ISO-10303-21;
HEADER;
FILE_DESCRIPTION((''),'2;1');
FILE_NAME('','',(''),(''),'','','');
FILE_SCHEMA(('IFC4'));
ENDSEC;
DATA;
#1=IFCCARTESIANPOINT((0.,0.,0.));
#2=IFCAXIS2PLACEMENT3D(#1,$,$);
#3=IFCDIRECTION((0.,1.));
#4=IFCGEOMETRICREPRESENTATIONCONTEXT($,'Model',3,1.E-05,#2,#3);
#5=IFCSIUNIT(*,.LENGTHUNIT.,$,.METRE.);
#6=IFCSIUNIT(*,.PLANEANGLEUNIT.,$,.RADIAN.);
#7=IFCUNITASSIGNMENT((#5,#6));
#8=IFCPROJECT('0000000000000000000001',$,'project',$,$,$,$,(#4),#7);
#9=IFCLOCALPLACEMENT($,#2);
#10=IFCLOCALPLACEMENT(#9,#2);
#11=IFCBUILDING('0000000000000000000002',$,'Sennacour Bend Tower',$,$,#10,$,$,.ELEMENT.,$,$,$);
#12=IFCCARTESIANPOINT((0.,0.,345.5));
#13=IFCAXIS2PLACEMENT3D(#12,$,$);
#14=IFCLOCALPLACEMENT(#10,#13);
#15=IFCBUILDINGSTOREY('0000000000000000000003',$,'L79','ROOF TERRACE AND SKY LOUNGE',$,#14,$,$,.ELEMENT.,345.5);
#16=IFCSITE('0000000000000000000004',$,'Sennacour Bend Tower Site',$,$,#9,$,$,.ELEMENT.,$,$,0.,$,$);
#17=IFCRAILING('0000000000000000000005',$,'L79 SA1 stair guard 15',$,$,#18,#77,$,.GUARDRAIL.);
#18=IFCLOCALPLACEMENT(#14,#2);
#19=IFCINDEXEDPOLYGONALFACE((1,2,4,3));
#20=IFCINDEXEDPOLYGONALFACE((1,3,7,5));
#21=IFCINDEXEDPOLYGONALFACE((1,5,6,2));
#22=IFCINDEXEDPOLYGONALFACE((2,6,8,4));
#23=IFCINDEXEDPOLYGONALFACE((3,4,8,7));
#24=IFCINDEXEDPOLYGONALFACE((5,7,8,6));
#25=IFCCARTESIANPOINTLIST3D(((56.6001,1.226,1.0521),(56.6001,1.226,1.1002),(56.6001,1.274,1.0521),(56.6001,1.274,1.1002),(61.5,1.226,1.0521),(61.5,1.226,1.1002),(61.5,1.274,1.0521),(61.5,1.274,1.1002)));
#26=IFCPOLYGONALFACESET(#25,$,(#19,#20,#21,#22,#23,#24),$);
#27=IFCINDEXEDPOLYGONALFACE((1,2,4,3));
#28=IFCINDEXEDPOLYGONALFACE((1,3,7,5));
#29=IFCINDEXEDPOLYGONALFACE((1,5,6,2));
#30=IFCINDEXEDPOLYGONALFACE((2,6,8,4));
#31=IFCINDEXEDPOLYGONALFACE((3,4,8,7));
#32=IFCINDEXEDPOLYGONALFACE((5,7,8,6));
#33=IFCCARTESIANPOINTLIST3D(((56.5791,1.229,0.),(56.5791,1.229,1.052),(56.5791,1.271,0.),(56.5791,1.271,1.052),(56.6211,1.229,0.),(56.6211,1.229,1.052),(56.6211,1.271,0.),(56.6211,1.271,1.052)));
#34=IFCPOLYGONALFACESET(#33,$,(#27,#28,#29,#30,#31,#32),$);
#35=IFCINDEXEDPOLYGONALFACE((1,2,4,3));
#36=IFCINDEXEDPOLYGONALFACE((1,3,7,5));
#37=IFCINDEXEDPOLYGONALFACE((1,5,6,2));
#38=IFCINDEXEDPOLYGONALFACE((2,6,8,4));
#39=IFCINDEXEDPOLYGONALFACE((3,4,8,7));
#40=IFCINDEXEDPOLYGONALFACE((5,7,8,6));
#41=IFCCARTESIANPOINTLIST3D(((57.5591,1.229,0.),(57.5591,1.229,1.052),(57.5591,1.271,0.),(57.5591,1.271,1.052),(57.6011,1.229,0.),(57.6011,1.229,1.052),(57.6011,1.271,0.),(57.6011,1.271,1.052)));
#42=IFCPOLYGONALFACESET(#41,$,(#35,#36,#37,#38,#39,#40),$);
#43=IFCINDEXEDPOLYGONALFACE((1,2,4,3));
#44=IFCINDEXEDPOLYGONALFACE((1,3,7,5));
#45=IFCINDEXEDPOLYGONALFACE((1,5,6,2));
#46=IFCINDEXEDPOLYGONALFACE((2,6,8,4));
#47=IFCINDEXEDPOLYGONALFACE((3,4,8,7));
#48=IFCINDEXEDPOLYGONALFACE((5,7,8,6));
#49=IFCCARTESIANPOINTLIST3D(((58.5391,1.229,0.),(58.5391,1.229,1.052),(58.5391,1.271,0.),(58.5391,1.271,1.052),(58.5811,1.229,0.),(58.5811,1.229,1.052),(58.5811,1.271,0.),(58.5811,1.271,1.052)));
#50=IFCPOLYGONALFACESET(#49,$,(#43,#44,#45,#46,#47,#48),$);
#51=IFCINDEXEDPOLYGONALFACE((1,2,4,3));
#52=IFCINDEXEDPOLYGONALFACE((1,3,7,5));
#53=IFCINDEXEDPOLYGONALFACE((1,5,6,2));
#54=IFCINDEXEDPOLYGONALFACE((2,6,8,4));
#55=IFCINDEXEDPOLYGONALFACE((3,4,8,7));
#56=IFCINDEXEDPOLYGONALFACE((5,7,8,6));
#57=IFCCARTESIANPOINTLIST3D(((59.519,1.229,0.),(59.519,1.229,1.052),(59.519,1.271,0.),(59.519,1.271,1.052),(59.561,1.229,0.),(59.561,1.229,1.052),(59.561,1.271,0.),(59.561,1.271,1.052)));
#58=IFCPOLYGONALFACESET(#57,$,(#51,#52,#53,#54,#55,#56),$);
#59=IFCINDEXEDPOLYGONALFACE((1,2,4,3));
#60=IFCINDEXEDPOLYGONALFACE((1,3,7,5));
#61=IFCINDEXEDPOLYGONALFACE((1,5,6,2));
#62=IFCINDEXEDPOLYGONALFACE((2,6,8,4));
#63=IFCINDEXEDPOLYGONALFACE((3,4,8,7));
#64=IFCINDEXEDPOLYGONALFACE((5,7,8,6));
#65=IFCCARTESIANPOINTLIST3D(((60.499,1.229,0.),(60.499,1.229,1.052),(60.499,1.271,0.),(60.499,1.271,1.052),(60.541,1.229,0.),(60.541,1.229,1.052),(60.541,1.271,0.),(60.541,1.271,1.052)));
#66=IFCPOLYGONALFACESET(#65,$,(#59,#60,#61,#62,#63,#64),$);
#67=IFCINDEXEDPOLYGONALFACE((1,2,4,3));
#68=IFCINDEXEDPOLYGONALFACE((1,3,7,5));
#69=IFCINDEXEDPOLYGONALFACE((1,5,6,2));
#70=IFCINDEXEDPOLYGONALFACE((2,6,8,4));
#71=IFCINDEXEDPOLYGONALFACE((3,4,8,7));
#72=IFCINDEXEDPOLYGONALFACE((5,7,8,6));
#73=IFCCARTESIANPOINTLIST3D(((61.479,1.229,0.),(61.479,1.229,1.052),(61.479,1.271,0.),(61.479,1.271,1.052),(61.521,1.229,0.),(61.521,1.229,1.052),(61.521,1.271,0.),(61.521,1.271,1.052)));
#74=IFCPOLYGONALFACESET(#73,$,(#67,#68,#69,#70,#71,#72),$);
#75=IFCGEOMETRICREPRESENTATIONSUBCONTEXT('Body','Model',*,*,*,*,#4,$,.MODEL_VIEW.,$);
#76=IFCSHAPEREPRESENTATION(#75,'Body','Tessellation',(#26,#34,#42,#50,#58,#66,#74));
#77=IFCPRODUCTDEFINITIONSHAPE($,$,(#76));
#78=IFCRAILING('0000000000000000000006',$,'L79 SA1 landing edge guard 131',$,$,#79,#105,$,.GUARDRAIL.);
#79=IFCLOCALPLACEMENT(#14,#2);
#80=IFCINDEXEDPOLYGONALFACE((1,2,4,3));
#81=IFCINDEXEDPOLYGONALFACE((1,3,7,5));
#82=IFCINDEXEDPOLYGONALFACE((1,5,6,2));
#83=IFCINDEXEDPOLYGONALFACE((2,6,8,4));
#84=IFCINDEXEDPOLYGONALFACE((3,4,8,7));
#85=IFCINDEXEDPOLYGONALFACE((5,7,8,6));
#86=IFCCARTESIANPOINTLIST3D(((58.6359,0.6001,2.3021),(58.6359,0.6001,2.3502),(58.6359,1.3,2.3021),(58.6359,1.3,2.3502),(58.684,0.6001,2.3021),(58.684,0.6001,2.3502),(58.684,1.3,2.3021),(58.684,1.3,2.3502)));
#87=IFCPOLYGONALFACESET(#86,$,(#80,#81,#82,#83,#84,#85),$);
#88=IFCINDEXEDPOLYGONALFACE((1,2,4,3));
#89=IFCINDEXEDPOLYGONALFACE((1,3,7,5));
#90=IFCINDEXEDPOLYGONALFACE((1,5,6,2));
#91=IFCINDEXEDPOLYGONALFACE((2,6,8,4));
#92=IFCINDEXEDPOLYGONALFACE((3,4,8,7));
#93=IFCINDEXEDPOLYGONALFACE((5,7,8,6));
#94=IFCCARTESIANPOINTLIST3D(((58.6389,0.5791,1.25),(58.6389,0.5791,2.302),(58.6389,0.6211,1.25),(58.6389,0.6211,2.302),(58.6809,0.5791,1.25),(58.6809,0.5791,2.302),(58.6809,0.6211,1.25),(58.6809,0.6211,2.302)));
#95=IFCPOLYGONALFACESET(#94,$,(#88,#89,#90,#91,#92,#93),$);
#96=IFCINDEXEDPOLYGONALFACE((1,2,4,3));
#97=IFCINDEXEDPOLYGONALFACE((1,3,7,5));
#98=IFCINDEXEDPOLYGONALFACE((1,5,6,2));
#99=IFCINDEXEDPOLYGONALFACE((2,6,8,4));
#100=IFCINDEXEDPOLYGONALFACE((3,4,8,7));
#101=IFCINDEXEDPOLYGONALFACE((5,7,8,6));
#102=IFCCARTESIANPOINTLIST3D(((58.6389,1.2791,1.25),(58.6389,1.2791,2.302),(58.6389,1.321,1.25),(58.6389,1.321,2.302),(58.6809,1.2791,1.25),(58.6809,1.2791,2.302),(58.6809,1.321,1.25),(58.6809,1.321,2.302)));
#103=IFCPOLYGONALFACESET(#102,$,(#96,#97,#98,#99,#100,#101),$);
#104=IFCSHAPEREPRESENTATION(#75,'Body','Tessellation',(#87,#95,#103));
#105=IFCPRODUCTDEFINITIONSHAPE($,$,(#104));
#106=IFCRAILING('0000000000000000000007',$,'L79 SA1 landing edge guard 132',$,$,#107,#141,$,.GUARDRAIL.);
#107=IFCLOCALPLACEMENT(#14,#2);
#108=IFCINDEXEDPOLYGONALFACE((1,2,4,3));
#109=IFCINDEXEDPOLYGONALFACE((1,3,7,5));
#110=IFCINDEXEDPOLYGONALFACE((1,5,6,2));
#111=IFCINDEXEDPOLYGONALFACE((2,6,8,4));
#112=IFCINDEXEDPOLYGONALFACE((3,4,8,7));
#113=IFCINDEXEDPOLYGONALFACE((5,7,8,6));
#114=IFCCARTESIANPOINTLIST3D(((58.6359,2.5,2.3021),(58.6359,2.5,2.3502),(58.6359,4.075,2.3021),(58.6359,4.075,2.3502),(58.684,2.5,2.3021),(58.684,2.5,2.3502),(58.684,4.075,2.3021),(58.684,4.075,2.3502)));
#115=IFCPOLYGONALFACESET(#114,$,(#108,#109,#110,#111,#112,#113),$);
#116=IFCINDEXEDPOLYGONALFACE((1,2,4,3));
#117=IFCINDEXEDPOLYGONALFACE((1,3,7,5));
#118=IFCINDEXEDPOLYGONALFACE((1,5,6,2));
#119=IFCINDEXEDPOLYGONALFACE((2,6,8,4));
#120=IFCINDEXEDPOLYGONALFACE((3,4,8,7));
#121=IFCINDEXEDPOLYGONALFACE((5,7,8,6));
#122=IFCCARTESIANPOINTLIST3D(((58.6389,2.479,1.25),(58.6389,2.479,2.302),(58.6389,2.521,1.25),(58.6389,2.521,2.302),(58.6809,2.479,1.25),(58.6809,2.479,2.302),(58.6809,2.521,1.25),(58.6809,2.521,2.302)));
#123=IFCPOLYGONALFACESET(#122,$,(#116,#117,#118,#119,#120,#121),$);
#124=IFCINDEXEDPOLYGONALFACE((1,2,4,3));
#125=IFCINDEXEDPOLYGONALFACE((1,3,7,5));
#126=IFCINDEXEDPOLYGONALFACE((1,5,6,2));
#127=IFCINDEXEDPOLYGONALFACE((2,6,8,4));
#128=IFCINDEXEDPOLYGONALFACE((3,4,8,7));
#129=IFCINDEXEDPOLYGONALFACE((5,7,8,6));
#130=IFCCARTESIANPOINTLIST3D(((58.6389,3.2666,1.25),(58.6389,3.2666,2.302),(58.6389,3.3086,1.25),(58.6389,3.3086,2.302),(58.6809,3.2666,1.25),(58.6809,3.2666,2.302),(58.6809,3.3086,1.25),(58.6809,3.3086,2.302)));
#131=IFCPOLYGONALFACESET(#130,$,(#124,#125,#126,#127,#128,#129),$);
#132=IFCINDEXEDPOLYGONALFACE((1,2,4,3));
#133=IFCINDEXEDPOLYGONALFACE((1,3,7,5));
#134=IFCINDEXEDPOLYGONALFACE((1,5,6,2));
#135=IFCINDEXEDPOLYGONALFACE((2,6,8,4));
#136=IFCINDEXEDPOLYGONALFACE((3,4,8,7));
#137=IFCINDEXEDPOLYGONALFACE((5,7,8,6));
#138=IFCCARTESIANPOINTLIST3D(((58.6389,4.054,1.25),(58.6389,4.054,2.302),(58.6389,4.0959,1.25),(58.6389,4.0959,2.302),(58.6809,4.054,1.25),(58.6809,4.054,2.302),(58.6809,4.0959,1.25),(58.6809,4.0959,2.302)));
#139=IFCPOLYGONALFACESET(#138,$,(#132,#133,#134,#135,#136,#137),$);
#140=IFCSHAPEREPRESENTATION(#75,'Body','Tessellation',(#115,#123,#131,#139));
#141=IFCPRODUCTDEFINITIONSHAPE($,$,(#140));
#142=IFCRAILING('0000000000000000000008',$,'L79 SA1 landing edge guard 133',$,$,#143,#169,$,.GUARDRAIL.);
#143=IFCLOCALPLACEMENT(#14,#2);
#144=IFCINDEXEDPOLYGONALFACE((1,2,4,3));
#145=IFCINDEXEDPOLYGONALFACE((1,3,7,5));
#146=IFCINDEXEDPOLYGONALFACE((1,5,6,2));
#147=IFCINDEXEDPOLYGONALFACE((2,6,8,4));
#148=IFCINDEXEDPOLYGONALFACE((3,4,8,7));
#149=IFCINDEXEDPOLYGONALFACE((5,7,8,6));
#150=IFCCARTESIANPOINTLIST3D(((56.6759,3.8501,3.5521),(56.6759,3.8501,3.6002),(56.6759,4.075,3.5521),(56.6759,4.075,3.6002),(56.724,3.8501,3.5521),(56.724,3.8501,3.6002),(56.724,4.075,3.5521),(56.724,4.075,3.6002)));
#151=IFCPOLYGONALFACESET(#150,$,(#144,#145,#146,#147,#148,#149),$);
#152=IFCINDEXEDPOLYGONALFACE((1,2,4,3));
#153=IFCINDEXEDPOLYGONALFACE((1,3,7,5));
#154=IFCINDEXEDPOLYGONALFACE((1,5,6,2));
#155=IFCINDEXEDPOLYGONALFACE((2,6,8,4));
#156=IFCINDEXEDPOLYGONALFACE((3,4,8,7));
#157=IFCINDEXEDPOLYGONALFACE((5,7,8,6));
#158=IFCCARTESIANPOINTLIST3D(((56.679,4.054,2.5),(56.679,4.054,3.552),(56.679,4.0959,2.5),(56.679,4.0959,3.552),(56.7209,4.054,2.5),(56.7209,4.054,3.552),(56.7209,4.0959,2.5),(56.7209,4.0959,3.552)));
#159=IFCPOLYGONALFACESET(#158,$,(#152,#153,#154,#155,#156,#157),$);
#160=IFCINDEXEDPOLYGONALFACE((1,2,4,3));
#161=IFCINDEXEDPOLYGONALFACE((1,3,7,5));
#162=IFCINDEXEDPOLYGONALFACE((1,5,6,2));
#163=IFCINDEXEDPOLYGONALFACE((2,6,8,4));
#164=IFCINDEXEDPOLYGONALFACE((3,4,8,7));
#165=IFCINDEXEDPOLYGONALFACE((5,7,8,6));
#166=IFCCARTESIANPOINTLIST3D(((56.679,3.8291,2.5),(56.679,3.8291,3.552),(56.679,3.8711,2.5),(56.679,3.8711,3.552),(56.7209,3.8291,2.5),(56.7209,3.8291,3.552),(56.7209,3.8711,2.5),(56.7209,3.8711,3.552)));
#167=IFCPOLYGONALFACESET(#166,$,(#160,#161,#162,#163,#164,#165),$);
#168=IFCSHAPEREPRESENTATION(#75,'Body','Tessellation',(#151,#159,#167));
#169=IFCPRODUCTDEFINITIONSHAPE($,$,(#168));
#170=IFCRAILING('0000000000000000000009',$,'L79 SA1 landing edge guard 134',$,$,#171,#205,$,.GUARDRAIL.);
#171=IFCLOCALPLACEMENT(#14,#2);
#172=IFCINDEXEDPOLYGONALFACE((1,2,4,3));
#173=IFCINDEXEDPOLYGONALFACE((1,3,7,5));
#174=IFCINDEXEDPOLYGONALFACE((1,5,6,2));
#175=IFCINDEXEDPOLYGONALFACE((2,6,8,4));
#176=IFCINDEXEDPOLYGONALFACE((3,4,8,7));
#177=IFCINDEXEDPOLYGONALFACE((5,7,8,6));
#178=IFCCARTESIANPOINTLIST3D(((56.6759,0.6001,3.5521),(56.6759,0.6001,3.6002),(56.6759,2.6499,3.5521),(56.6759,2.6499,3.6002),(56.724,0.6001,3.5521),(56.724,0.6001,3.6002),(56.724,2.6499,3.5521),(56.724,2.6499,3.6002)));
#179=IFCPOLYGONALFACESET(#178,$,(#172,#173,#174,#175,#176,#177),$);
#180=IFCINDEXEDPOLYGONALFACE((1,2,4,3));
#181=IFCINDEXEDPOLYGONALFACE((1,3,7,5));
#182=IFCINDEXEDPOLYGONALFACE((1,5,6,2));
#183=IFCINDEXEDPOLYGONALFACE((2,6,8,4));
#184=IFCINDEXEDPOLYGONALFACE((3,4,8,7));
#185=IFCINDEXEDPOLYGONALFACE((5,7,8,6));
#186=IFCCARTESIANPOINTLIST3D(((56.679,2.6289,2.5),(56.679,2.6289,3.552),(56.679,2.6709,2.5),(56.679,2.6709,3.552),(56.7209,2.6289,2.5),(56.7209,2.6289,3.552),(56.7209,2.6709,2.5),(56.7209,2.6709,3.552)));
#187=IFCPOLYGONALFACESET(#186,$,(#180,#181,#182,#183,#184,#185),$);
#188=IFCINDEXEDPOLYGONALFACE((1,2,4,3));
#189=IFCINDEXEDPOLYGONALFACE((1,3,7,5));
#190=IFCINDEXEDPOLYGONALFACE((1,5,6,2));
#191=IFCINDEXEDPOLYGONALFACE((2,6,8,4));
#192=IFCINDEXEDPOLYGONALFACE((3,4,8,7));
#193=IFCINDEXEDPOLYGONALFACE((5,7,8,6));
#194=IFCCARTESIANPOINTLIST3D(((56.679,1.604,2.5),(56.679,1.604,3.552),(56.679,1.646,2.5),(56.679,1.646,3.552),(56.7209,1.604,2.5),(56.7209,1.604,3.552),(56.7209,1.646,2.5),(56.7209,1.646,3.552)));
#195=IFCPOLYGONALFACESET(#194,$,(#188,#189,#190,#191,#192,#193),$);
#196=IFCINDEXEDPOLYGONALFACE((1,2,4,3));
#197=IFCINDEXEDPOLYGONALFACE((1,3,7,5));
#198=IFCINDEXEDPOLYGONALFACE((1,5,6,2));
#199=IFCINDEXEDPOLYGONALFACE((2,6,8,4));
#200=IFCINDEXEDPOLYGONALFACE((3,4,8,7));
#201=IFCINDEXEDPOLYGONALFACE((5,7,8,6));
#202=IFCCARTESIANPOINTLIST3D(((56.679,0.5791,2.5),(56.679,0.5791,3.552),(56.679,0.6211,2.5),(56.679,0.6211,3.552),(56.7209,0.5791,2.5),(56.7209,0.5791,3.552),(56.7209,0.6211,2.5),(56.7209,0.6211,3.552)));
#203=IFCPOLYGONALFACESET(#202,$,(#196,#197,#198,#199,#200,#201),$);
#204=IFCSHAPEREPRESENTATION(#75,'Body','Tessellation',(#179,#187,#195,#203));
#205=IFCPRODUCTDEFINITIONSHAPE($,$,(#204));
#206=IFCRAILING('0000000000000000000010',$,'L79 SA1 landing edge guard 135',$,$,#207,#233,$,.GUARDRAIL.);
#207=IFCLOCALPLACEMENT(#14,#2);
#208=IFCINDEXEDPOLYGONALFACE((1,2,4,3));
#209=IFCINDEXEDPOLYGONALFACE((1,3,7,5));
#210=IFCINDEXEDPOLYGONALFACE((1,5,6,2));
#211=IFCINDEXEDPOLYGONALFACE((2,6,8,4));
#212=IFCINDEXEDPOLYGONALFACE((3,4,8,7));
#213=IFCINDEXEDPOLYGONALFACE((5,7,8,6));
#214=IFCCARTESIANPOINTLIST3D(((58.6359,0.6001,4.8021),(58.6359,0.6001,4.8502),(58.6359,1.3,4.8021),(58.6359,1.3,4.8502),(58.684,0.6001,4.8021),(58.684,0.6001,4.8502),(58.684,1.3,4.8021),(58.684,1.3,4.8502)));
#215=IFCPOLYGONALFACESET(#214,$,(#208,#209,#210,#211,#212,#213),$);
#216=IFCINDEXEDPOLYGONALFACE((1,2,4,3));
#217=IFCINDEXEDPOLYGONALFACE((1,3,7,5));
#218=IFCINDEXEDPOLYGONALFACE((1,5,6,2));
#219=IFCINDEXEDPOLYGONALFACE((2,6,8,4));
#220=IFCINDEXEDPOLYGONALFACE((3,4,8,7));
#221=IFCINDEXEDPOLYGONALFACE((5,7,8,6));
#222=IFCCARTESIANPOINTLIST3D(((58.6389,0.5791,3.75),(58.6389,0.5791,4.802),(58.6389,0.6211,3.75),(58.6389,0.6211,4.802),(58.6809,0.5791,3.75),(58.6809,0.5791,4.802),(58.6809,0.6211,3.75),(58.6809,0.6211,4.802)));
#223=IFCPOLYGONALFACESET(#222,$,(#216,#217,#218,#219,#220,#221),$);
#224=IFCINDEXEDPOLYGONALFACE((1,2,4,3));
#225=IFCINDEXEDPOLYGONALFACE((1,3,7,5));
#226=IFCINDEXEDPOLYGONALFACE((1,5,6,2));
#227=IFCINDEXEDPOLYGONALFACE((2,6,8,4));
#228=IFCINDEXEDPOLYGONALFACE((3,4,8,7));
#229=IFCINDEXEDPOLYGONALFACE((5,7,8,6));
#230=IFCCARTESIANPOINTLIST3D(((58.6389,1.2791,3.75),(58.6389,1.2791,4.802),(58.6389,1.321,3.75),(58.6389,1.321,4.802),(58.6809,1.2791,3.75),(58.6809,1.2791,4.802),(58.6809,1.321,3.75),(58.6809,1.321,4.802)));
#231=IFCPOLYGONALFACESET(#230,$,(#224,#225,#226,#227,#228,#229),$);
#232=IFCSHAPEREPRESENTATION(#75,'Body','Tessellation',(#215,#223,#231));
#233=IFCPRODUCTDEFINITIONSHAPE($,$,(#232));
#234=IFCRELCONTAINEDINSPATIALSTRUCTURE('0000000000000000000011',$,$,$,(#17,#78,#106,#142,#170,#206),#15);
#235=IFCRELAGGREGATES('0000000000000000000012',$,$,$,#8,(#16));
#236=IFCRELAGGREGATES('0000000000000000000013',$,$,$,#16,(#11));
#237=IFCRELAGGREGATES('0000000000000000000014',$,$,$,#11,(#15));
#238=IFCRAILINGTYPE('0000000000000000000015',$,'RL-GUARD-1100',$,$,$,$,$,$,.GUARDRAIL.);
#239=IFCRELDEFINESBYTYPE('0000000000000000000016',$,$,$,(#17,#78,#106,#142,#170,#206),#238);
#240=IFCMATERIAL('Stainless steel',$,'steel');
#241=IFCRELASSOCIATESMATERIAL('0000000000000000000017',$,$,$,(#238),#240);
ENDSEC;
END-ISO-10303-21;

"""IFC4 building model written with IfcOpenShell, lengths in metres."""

from ifc_helpers import new_model, si_unit, direction, frame, origin, origin_2d, place, context, subcontext, project, spatial, rectangle, extrude, material, type_object, element, save


model = new_model("IFC4")

# Units and contexts
model_context = context("Model", 3, precision=1e-05, world=origin(), true_north=direction((0.0, 1.0)))
body_context = subcontext(model_context, "Body", "Model", "MODEL_VIEW")
ifc_project = project(units=[si_unit("LENGTHUNIT", "METRE"), si_unit("PLANEANGLEUNIT", "RADIAN")], contexts=[model_context])

# Site, building, storey
site_placement = place(None, origin())
site = spatial("IfcSite", under=ifc_project, at=site_placement, Name="Sennacour Bend Tower Site", CompositionType="ELEMENT", RefElevation=0.0)
building_placement = place(site_placement, origin())
building = spatial("IfcBuilding", under=site, at=building_placement, Name="Sennacour Bend Tower", CompositionType="ELEMENT")
storey_placement = place(building_placement, frame((0.0, 0.0, 345.5)))
storey = spatial("IfcBuildingStorey", under=building, at=storey_placement, Name="L79", Description="ROOF TERRACE AND SKY LOUNGE", CompositionType="ELEMENT", Elevation=345.5)

# Railings
ifc_material_1 = material(Name="Stainless steel", Category="steel")
railing_type_1 = type_object("IfcRailingType", Name="RL-GUARD-1100", PredefinedType="GUARDRAIL", material=ifc_material_1)
railing_1_placement = place(storey_placement, frame((56.6001, 1.25, 0.0)))
element("IfcRailing", 1, at=railing_1_placement, inside=storey, type_object=railing_type_1, Name="L79 SA1 stair guard 15", PredefinedType="GUARDRAIL", context=body_context, shape_type="SweptSolid", body=[
    extrude(rectangle(XDim=0.0481, YDim=0.0481, at=origin_2d()), frame((0.0, 0.0, 1.0762), z_axis=(1.0, 0.0, 0.0), x_axis=(0.0, 1.0, 0.0)), (0.0, 0.0, 1.0), 4.8999),
    extrude(rectangle(XDim=0.042, YDim=0.042, at=origin_2d()), origin(), (0.0, 0.0, 1.0), 1.052),
    extrude(rectangle(XDim=0.042, YDim=0.042, at=origin_2d()), frame((0.98, 0.0, 0.0)), (0.0, 0.0, 1.0), 1.052),
    extrude(rectangle(XDim=0.042, YDim=0.042, at=origin_2d()), frame((1.96, 0.0, 0.0)), (0.0, 0.0, 1.0), 1.052),
    extrude(rectangle(XDim=0.042, YDim=0.042, at=origin_2d()), frame((2.9399, 0.0, 0.0)), (0.0, 0.0, 1.0), 1.052),
    extrude(rectangle(XDim=0.042, YDim=0.042, at=origin_2d()), frame((3.9199, 0.0, 0.0)), (0.0, 0.0, 1.0), 1.052),
    extrude(rectangle(XDim=0.042, YDim=0.042, at=origin_2d()), frame((4.8999, 0.0, 0.0)), (0.0, 0.0, 1.0), 1.052),
])
railing_2_placement = place(storey_placement, frame((58.6599, 0.6001, 1.25)))
element("IfcRailing", 2, at=railing_2_placement, inside=storey, type_object=railing_type_1, Name="L79 SA1 landing edge guard 131", PredefinedType="GUARDRAIL", context=body_context, shape_type="SweptSolid", body=[
    extrude(rectangle(XDim=0.0481, YDim=0.0481, at=origin_2d()), frame((0.0, 0.0, 1.0762), z_axis=(0.0, 1.0, 0.0), x_axis=(-1.0, 0.0, 0.0)), (0.0, 0.0, 1.0), 0.7),
    extrude(rectangle(XDim=0.042, YDim=0.042, at=origin_2d()), origin(), (0.0, 0.0, 1.0), 1.052),
    extrude(rectangle(XDim=0.042, YDim=0.042, at=origin_2d()), frame((0.0, 0.7, 0.0)), (0.0, 0.0, 1.0), 1.052),
])
railing_3_placement = place(storey_placement, frame((58.6599, 2.5, 1.25)))
element("IfcRailing", 3, at=railing_3_placement, inside=storey, type_object=railing_type_1, Name="L79 SA1 landing edge guard 132", PredefinedType="GUARDRAIL", context=body_context, shape_type="SweptSolid", body=[
    extrude(rectangle(XDim=0.0481, YDim=0.0481, at=origin_2d()), frame((0.0, 0.0, 1.0762), z_axis=(0.0, 1.0, 0.0), x_axis=(-1.0, 0.0, 0.0)), (0.0, 0.0, 1.0), 1.575),
    extrude(rectangle(XDim=0.042, YDim=0.042, at=origin_2d()), origin(), (0.0, 0.0, 1.0), 1.052),
    extrude(rectangle(XDim=0.042, YDim=0.042, at=origin_2d()), frame((0.0, 0.7876, 0.0)), (0.0, 0.0, 1.0), 1.052),
    extrude(rectangle(XDim=0.042, YDim=0.042, at=origin_2d()), frame((0.0, 1.575, 0.0)), (0.0, 0.0, 1.0), 1.052),
])
railing_4_placement = place(storey_placement, frame((56.7, 4.075, 2.5)))
element("IfcRailing", 4, at=railing_4_placement, inside=storey, type_object=railing_type_1, Name="L79 SA1 landing edge guard 133", PredefinedType="GUARDRAIL", context=body_context, shape_type="SweptSolid", body=[
    extrude(rectangle(XDim=0.0481, YDim=0.0481, at=origin_2d()), frame((0.0, 0.0, 1.0762), z_axis=(0.0, -1.0, 0.0), x_axis=(1.0, 0.0, 0.0)), (0.0, 0.0, 1.0), 0.2249),
    extrude(rectangle(XDim=0.042, YDim=0.042, at=origin_2d()), origin(), (0.0, 0.0, 1.0), 1.052),
    extrude(rectangle(XDim=0.042, YDim=0.042, at=origin_2d()), frame((0.0, -0.2249, 0.0)), (0.0, 0.0, 1.0), 1.052),
])
railing_5_placement = place(storey_placement, frame((56.7, 2.6499, 2.5)))
element("IfcRailing", 5, at=railing_5_placement, inside=storey, type_object=railing_type_1, Name="L79 SA1 landing edge guard 134", PredefinedType="GUARDRAIL", context=body_context, shape_type="SweptSolid", body=[
    extrude(rectangle(XDim=0.0481, YDim=0.0481, at=origin_2d()), frame((0.0, 0.0, 1.0762), z_axis=(0.0, -1.0, 0.0), x_axis=(1.0, 0.0, 0.0)), (0.0, 0.0, 1.0), 2.0498),
    extrude(rectangle(XDim=0.042, YDim=0.042, at=origin_2d()), origin(), (0.0, 0.0, 1.0), 1.052),
    extrude(rectangle(XDim=0.042, YDim=0.042, at=origin_2d()), frame((0.0, -1.0249, 0.0)), (0.0, 0.0, 1.0), 1.052),
    extrude(rectangle(XDim=0.042, YDim=0.042, at=origin_2d()), frame((0.0, -2.0498, 0.0)), (0.0, 0.0, 1.0), 1.052),
])
railing_6_placement = place(storey_placement, frame((58.6599, 0.6001, 3.75)))
element("IfcRailing", 6, at=railing_6_placement, inside=storey, type_object=railing_type_1, Name="L79 SA1 landing edge guard 135", PredefinedType="GUARDRAIL", context=body_context, shape_type="SweptSolid", body=[
    extrude(rectangle(XDim=0.0481, YDim=0.0481, at=origin_2d()), frame((0.0, 0.0, 1.0762), z_axis=(0.0, 1.0, 0.0), x_axis=(-1.0, 0.0, 0.0)), (0.0, 0.0, 1.0), 0.7),
    extrude(rectangle(XDim=0.042, YDim=0.042, at=origin_2d()), origin(), (0.0, 0.0, 1.0), 1.052),
    extrude(rectangle(XDim=0.042, YDim=0.042, at=origin_2d()), frame((0.0, 0.7, 0.0)), (0.0, 0.0, 1.0), 1.052),
])

save(model, "model.ifc")
